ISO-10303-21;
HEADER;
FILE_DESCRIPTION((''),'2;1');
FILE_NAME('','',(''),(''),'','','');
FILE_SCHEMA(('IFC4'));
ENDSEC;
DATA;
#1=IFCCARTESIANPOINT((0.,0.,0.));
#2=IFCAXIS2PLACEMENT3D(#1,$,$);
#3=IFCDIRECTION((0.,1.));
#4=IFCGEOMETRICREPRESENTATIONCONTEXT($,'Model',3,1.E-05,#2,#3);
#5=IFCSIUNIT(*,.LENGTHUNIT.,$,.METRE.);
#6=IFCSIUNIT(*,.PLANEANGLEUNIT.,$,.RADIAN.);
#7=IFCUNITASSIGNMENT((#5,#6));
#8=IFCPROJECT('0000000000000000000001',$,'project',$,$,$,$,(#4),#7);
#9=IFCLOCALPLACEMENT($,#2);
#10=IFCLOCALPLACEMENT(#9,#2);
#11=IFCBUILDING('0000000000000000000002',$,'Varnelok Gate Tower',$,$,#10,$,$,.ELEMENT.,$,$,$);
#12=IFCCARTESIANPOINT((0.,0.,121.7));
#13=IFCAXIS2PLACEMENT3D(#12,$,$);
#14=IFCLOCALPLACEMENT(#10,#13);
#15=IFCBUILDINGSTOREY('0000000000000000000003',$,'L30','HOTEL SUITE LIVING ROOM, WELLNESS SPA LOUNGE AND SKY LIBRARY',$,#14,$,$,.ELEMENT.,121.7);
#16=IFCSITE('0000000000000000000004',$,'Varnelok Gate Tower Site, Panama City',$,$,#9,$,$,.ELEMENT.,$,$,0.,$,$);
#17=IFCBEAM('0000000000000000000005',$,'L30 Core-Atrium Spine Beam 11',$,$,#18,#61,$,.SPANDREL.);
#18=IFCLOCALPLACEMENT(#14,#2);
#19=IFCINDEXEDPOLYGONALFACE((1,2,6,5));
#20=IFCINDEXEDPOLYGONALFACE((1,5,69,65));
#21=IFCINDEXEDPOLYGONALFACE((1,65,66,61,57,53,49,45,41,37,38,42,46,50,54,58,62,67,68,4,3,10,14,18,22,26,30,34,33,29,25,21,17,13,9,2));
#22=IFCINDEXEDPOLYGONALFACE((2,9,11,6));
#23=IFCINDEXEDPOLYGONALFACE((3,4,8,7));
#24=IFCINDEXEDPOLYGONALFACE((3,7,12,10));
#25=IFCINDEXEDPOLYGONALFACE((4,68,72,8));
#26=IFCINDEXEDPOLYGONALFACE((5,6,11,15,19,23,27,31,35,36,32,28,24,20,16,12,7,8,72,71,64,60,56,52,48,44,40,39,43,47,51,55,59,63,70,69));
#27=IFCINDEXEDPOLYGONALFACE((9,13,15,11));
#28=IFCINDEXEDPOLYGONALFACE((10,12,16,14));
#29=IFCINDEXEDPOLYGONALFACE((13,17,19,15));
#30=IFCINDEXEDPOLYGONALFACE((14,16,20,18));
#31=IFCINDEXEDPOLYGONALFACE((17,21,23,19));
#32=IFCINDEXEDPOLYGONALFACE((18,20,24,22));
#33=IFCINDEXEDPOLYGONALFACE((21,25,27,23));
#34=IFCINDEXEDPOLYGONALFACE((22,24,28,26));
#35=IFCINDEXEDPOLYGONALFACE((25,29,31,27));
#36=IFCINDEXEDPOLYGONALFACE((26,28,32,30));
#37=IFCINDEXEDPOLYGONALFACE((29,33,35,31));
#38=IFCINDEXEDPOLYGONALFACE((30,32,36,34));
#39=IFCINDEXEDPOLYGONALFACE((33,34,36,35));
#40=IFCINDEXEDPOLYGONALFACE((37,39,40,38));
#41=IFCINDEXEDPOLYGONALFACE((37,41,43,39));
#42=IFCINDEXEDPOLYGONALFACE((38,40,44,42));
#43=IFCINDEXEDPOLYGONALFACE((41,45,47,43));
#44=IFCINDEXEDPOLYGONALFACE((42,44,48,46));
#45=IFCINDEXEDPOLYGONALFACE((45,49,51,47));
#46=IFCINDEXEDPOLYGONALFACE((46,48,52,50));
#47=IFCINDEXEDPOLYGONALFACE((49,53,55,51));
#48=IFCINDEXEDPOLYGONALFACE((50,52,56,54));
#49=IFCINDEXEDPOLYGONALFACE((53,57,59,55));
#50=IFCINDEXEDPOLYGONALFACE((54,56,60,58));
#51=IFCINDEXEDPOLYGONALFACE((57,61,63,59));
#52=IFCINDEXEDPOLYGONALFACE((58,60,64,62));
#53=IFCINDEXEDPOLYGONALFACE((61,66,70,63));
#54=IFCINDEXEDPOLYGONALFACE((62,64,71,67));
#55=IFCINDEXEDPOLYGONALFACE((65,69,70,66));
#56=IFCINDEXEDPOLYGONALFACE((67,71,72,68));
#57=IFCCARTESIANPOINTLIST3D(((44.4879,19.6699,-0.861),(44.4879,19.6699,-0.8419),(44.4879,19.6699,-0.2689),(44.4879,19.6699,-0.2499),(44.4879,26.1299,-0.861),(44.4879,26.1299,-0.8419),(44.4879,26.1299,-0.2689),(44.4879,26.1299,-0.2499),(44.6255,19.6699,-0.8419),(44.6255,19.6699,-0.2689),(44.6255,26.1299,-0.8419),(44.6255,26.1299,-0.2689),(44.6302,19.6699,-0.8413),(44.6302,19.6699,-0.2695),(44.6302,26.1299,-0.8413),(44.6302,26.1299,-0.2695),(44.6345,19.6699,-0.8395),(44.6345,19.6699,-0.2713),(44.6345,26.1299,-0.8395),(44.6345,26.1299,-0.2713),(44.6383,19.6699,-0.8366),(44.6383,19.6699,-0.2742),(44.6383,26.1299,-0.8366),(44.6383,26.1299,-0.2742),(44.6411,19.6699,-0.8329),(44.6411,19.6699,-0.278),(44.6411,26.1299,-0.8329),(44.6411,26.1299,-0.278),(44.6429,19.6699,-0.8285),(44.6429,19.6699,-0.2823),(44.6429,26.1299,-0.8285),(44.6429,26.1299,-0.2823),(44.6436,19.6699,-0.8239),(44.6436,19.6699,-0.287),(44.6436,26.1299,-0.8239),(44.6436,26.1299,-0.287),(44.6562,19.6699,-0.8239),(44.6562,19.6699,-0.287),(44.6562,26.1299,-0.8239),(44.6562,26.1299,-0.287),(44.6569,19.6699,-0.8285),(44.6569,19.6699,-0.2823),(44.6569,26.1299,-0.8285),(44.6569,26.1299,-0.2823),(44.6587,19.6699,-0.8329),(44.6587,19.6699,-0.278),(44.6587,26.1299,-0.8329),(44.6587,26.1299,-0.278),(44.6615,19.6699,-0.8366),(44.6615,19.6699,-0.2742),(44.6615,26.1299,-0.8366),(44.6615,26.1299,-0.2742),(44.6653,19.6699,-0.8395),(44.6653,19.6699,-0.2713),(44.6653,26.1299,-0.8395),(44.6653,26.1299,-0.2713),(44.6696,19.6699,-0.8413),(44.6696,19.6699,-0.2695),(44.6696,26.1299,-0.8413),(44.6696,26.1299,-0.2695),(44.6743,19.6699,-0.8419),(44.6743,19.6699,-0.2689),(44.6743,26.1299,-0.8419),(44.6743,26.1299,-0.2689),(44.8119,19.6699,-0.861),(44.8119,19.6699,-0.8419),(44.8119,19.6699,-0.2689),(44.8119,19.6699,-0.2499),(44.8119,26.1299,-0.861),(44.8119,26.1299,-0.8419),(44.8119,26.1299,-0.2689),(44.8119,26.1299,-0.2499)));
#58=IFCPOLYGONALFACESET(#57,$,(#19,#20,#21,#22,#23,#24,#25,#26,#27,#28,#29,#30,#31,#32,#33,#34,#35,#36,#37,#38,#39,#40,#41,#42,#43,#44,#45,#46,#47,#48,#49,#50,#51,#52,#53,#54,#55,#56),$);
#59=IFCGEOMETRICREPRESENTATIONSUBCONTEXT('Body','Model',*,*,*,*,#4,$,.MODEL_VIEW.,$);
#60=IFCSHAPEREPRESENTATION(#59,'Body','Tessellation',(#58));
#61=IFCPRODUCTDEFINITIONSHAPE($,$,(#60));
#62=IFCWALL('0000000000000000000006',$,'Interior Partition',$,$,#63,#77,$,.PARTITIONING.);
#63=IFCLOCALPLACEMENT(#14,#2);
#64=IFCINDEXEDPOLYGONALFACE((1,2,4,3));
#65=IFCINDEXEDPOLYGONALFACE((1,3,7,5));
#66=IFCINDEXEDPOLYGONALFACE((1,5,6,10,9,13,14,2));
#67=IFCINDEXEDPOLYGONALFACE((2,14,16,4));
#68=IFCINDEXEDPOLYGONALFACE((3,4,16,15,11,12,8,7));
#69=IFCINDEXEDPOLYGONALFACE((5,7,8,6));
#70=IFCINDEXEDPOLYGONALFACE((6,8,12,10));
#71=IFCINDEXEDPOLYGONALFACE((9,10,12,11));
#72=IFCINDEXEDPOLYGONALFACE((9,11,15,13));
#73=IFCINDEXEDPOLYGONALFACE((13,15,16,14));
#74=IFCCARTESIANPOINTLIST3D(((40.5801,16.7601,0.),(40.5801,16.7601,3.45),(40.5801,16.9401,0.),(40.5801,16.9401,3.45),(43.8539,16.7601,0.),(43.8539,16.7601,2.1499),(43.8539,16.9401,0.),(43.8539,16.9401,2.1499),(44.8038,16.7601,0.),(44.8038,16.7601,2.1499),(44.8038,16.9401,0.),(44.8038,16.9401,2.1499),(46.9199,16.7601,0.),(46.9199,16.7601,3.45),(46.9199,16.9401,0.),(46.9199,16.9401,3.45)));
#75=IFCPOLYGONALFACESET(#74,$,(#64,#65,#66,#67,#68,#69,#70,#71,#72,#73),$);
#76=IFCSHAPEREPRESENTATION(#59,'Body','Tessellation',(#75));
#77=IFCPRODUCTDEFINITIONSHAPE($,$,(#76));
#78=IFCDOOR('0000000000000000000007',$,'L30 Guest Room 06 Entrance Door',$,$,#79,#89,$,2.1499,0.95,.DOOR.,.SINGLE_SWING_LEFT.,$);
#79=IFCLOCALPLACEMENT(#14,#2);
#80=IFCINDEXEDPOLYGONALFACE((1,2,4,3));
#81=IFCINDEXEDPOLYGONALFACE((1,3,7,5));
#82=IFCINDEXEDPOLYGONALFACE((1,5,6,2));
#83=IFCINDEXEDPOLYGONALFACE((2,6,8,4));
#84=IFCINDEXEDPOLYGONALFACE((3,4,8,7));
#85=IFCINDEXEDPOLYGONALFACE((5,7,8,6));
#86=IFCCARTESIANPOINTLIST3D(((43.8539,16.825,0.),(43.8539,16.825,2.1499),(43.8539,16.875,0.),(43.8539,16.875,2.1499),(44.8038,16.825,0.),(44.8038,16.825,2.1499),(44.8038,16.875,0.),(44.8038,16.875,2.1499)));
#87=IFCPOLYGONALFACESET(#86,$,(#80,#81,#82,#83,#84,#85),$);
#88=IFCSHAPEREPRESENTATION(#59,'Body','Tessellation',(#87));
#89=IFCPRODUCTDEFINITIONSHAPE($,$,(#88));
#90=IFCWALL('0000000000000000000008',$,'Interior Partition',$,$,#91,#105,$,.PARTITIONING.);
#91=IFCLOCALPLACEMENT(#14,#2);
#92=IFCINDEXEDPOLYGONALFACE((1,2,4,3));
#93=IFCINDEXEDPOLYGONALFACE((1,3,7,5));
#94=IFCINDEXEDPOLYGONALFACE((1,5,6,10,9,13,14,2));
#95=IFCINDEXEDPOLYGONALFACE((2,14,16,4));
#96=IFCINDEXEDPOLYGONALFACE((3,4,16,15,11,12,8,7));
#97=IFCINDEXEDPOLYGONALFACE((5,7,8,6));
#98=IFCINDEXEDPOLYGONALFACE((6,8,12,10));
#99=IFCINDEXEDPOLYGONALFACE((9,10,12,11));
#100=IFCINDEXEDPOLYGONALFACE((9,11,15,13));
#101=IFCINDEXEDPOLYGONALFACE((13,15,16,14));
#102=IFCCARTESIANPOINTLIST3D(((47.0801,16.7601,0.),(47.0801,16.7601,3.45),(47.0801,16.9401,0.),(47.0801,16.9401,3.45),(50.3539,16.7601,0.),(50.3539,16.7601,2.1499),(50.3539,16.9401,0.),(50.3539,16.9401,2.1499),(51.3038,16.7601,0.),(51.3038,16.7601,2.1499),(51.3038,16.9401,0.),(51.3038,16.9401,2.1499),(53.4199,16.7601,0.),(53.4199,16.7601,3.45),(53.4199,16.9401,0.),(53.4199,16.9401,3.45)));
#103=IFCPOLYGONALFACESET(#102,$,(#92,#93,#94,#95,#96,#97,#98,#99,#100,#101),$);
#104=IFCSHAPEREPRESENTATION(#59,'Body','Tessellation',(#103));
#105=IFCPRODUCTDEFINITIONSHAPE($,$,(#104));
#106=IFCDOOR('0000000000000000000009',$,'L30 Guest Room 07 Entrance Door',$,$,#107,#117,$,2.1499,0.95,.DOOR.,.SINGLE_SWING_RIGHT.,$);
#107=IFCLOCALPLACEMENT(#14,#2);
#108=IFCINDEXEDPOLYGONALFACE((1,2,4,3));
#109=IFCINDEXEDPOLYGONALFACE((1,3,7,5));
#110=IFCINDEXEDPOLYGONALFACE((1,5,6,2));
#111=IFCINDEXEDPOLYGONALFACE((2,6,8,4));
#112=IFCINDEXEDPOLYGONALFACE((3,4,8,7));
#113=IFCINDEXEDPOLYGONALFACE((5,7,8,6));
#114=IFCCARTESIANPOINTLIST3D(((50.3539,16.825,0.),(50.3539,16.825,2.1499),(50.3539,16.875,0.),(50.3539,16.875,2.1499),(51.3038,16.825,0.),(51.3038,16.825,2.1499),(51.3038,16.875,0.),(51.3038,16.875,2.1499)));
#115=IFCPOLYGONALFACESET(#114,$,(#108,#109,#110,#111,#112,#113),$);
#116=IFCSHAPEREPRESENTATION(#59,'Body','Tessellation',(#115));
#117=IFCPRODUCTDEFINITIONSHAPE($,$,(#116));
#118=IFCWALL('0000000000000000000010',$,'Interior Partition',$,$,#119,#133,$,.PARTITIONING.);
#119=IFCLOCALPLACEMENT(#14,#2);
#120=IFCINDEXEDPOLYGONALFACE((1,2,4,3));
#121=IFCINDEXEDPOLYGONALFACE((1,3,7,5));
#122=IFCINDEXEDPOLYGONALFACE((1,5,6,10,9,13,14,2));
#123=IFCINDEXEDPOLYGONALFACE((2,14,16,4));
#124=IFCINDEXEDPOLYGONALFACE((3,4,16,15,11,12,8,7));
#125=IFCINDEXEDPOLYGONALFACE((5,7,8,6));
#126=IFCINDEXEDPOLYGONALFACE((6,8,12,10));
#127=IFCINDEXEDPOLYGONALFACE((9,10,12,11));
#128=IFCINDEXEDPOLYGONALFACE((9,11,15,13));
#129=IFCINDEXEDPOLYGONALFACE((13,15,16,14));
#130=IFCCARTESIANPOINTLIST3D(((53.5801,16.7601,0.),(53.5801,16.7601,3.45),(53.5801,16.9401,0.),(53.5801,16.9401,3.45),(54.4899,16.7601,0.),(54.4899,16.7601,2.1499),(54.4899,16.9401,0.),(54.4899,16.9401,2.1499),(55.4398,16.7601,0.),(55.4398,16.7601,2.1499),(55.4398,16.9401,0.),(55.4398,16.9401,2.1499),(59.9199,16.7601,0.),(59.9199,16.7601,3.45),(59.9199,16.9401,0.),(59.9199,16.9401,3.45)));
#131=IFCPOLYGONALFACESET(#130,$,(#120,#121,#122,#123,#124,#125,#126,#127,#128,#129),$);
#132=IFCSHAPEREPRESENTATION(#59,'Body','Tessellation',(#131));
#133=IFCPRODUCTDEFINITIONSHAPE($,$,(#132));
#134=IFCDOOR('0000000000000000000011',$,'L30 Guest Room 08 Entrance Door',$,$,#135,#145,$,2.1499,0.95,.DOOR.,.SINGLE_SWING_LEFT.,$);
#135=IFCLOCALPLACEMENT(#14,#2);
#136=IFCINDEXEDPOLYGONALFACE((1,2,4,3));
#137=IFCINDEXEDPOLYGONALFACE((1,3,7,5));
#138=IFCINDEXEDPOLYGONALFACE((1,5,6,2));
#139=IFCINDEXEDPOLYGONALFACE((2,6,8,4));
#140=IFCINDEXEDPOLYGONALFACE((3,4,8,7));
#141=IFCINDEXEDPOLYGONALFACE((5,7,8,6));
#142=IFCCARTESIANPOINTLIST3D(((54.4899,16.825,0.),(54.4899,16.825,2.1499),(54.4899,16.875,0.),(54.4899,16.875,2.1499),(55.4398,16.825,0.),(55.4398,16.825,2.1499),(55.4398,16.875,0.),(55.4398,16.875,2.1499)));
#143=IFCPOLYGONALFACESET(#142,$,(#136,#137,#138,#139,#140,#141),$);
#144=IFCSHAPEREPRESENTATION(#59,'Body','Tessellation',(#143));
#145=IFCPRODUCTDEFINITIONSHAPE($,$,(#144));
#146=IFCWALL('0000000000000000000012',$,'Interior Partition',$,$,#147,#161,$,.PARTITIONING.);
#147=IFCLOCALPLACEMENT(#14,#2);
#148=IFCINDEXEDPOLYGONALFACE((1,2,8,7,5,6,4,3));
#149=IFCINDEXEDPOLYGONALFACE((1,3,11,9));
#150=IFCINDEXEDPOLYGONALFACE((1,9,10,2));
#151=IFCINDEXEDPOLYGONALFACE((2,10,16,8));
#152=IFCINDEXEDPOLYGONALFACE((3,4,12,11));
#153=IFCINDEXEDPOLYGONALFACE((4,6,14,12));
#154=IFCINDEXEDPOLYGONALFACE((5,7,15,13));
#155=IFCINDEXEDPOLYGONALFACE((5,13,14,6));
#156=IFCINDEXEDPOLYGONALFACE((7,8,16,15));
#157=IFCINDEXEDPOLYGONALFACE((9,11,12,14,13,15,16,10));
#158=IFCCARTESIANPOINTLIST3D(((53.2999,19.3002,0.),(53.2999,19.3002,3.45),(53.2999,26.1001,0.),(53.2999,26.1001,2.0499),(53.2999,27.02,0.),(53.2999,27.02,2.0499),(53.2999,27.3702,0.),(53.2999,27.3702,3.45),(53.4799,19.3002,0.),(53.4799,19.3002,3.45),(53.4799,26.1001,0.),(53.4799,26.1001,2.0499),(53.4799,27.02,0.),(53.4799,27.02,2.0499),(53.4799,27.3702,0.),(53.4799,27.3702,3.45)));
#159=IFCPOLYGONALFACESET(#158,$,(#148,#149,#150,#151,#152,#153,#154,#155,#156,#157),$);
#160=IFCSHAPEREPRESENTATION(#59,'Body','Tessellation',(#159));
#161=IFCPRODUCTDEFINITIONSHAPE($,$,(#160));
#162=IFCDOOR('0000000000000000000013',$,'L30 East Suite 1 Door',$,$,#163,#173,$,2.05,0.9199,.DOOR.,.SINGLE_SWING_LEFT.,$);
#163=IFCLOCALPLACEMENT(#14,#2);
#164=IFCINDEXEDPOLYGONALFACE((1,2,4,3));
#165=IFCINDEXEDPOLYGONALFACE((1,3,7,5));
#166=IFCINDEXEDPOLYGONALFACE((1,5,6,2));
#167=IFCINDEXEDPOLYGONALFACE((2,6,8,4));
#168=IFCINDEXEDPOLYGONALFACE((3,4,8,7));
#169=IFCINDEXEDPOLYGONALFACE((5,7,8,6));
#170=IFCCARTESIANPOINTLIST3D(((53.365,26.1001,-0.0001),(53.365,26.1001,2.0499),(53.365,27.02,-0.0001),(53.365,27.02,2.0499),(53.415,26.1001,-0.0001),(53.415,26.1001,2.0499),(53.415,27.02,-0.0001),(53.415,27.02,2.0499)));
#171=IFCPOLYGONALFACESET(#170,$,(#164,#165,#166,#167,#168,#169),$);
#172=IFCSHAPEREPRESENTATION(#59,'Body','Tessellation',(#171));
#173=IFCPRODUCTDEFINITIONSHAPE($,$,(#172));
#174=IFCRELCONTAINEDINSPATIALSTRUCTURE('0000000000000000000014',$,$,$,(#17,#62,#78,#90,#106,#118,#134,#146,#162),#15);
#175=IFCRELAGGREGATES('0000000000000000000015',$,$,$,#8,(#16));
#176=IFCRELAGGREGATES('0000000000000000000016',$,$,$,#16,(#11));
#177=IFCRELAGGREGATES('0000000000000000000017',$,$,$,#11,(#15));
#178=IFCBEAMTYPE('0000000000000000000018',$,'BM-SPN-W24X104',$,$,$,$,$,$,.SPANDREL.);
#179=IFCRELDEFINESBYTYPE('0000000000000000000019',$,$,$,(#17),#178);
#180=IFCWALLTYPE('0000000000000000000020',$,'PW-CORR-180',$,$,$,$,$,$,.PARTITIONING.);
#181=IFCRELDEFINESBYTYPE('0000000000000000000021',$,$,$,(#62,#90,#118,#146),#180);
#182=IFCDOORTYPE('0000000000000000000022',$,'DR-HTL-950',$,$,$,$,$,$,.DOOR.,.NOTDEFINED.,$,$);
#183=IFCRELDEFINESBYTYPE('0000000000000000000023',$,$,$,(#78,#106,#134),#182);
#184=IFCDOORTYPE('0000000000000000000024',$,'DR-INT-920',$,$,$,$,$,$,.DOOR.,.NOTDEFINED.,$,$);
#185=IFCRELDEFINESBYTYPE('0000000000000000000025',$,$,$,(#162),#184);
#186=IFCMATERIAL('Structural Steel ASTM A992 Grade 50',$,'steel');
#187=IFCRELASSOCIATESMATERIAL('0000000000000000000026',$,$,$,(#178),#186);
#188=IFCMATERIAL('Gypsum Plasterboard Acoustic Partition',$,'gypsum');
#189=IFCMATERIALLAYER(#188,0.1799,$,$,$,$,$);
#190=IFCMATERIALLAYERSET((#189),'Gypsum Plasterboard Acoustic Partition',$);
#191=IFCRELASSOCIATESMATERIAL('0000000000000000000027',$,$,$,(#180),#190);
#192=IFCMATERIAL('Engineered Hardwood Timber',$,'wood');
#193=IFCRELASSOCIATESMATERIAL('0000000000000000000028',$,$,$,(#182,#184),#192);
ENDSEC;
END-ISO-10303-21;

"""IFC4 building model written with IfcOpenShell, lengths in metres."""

from ifc_helpers import new_model, si_unit, direction, frame, frame_2d, origin, origin_2d, place, context, subcontext, project, spatial, rectangle, i_section, extrude, material, layer, layer_set, material_profile, profile_set, type_object, element, fill, save


model = new_model("IFC4")

# Units and contexts
model_context = context("Model", 3, precision=1e-05, world=origin(), true_north=direction((0.0, 1.0)))
body_context = subcontext(model_context, "Body", "Model", "MODEL_VIEW")
ifc_project = project(units=[si_unit("LENGTHUNIT", "METRE"), si_unit("PLANEANGLEUNIT", "RADIAN")], contexts=[model_context])

# Site, building, storey
site_placement = place(None, origin())
site = spatial("IfcSite", under=ifc_project, at=site_placement, Name="Varnelok Gate Tower Site, Panama City", CompositionType="ELEMENT", RefElevation=0.0)
building_placement = place(site_placement, origin())
building = spatial("IfcBuilding", under=site, at=building_placement, Name="Varnelok Gate Tower", CompositionType="ELEMENT")
storey_placement = place(building_placement, frame((0.0, 0.0, 121.7)))
storey = spatial("IfcBuildingStorey", under=building, at=storey_placement, Name="L30", Description="HOTEL SUITE LIVING ROOM, WELLNESS SPA LOUNGE AND SKY LIBRARY", CompositionType="ELEMENT", Elevation=121.7)

# Shared definitions
ifc_material_1 = material(Name="Structural Steel ASTM A992 Grade 50", Category="steel")

# Beam
ifc_material_profile_1 = material_profile(ifc_material_1, i_section(OverallWidth=0.324, OverallDepth=0.6111, WebThickness=0.0127, FlangeThickness=0.019, FilletRadius=0.0181, at=origin_2d()), Name="W24X104")
ifc_profile_set_1 = profile_set([ifc_material_profile_1], Name="Structural Steel ASTM A992 Grade 50")
beam_type_1 = type_object("IfcBeamType", Name="BM-SPN-W24X104", PredefinedType="SPANDREL", material=ifc_profile_set_1)
beam_1_placement = place(storey_placement, frame((44.6499, 19.6699, -0.5554), z_axis=(0.0, 1.0, 0.0), x_axis=(-1.0, 0.0, 0.0)))
element("IfcBeam", 1, at=beam_1_placement, inside=storey, type_object=beam_type_1, Name="L30 Core-Atrium Spine Beam 11", PredefinedType="SPANDREL", context=body_context, shape_type="SweptSolid", body=[
    extrude(i_section(OverallWidth=0.324, OverallDepth=0.6111, WebThickness=0.0127, FlangeThickness=0.019, FilletRadius=0.0181, at=origin_2d()), origin(), (0.0, 0.0, 1.0), 6.46),
])

# Walls, openings, doors
ifc_material_2 = material(Name="Gypsum Plasterboard Acoustic Partition", Category="gypsum")
ifc_layer_1 = layer(ifc_material_2, 0.1799)
ifc_layer_set_1 = layer_set([ifc_layer_1], Name="Gypsum Plasterboard Acoustic Partition")
wall_type_1 = type_object("IfcWallType", Name="PW-CORR-180", PredefinedType="PARTITIONING", material=ifc_layer_set_1)
wall_1_placement = place(storey_placement, frame((40.5801, 16.8501, 0.0), z_axis=(0.0, 0.0, 1.0), x_axis=(1.0, 0.0, 0.0)))
wall_1 = element("IfcWall", 2, at=wall_1_placement, inside=storey, type_object=wall_type_1, Name="Interior Partition", PredefinedType="PARTITIONING", context=body_context, shape_type="SweptSolid", body=[
    extrude(rectangle(XDim=6.3398, YDim=0.1799, at=frame_2d((3.1699, 0.0))), origin(), (0.0, 0.0, 1.0), 3.45),
])
opening_1_placement = place(wall_1_placement, frame((3.2737, 0.0, 0.0)))
opening_1 = element("IfcOpeningElement", 3, at=opening_1_placement, cuts=wall_1, PredefinedType="OPENING", context=body_context, shape_type="SweptSolid", body=[
    extrude(rectangle(XDim=0.95, YDim=2.1499, at=frame_2d((0.4751, 1.075))), frame((0.0, 0.0999, 0.0), z_axis=(0.0, -1.0, 0.0), x_axis=(1.0, 0.0, 0.0)), (0.0, 0.0, 1.0), 0.2),
])
ifc_material_3 = material(Name="Engineered Hardwood Timber", Category="wood")
door_type_1 = type_object("IfcDoorType", Name="DR-HTL-950", OperationType="NOTDEFINED", PredefinedType="DOOR", material=ifc_material_3)
door_1_placement = place(opening_1_placement, origin())
door_1 = element("IfcDoor", 4, at=door_1_placement, inside=storey, type_object=door_type_1, Name="L30 Guest Room 06 Entrance Door", OperationType="SINGLE_SWING_LEFT", OverallHeight=2.1499, OverallWidth=0.95, PredefinedType="DOOR", context=body_context, shape_type="SweptSolid", body=[
    extrude(rectangle(XDim=0.95, YDim=2.1499, at=frame_2d((0.4751, 1.075))), frame((0.0, 0.0249, 0.0), z_axis=(0.0, -1.0, 0.0), x_axis=(1.0, 0.0, 0.0)), (0.0, 0.0, 1.0), 0.05),
])
fill(opening_1, door_1)
wall_2_placement = place(storey_placement, frame((47.0801, 16.8501, 0.0), z_axis=(0.0, 0.0, 1.0), x_axis=(1.0, 0.0, 0.0)))
wall_2 = element("IfcWall", 5, at=wall_2_placement, inside=storey, type_object=wall_type_1, Name="Interior Partition", PredefinedType="PARTITIONING", context=body_context, shape_type="SweptSolid", body=[
    extrude(rectangle(XDim=6.3398, YDim=0.1799, at=frame_2d((3.1699, 0.0))), origin(), (0.0, 0.0, 1.0), 3.45),
])
opening_2_placement = place(wall_2_placement, frame((3.2737, 0.0, 0.0)))
opening_2 = element("IfcOpeningElement", 6, at=opening_2_placement, cuts=wall_2, PredefinedType="OPENING", context=body_context, shape_type="SweptSolid", body=[
    extrude(rectangle(XDim=0.95, YDim=2.1499, at=frame_2d((0.4751, 1.075))), frame((0.0, 0.0999, 0.0), z_axis=(0.0, -1.0, 0.0), x_axis=(1.0, 0.0, 0.0)), (0.0, 0.0, 1.0), 0.2),
])
door_2_placement = place(opening_2_placement, origin())
door_2 = element("IfcDoor", 7, at=door_2_placement, inside=storey, type_object=door_type_1, Name="L30 Guest Room 07 Entrance Door", OperationType="SINGLE_SWING_RIGHT", OverallHeight=2.1499, OverallWidth=0.95, PredefinedType="DOOR", context=body_context, shape_type="SweptSolid", body=[
    extrude(rectangle(XDim=0.95, YDim=2.1499, at=frame_2d((0.4751, 1.075))), frame((0.0, 0.0249, 0.0), z_axis=(0.0, -1.0, 0.0), x_axis=(1.0, 0.0, 0.0)), (0.0, 0.0, 1.0), 0.05),
])
fill(opening_2, door_2)
wall_3_placement = place(storey_placement, frame((53.5801, 16.8501, 0.0), z_axis=(0.0, 0.0, 1.0), x_axis=(1.0, 0.0, 0.0)))
wall_3 = element("IfcWall", 8, at=wall_3_placement, inside=storey, type_object=wall_type_1, Name="Interior Partition", PredefinedType="PARTITIONING", context=body_context, shape_type="SweptSolid", body=[
    extrude(rectangle(XDim=6.3398, YDim=0.1799, at=frame_2d((3.1699, 0.0))), origin(), (0.0, 0.0, 1.0), 3.45),
])
opening_3_placement = place(wall_3_placement, frame((0.9097, 0.0, 0.0)))
opening_3 = element("IfcOpeningElement", 9, at=opening_3_placement, cuts=wall_3, PredefinedType="OPENING", context=body_context, shape_type="SweptSolid", body=[
    extrude(rectangle(XDim=0.95, YDim=2.1499, at=frame_2d((0.4751, 1.075))), frame((0.0, 0.0999, 0.0), z_axis=(0.0, -1.0, 0.0), x_axis=(1.0, 0.0, 0.0)), (0.0, 0.0, 1.0), 0.2),
])
door_3_placement = place(opening_3_placement, origin())
door_3 = element("IfcDoor", 10, at=door_3_placement, inside=storey, type_object=door_type_1, Name="L30 Guest Room 08 Entrance Door", OperationType="SINGLE_SWING_LEFT", OverallHeight=2.1499, OverallWidth=0.95, PredefinedType="DOOR", context=body_context, shape_type="SweptSolid", body=[
    extrude(rectangle(XDim=0.95, YDim=2.1499, at=frame_2d((0.4751, 1.075))), frame((0.0, 0.0249, 0.0), z_axis=(0.0, -1.0, 0.0), x_axis=(1.0, 0.0, 0.0)), (0.0, 0.0, 1.0), 0.05),
])
fill(opening_3, door_3)
wall_4_placement = place(storey_placement, frame((53.3899, 19.3, 0.0), z_axis=(0.0, 0.0, 1.0), x_axis=(0.0, 1.0, 0.0)))
wall_4 = element("IfcWall", 11, at=wall_4_placement, inside=storey, type_object=wall_type_1, Name="Interior Partition", PredefinedType="PARTITIONING", context=body_context, shape_type="SweptSolid", body=[
    extrude(rectangle(XDim=8.0701, YDim=0.1799, at=frame_2d((4.0352, 0.0))), origin(), (0.0, 0.0, 1.0), 3.45),
])
opening_4_placement = place(wall_4_placement, frame((6.8, 0.0, 0.0)))
opening_4 = element("IfcOpeningElement", 12, at=opening_4_placement, cuts=wall_4, PredefinedType="OPENING", context=body_context, shape_type="SweptSolid", body=[
    extrude(rectangle(XDim=0.9199, YDim=2.05, at=frame_2d((0.46, 1.0249))), frame((0.0, 0.0999, 0.0), z_axis=(0.0, -1.0, 0.0), x_axis=(1.0, 0.0, 0.0)), (0.0, 0.0, 1.0), 0.2),
])
door_type_2 = type_object("IfcDoorType", Name="DR-INT-920", OperationType="NOTDEFINED", PredefinedType="DOOR", material=ifc_material_3)
door_4_placement = place(opening_4_placement, origin())
door_4 = element("IfcDoor", 13, at=door_4_placement, inside=storey, type_object=door_type_2, Name="L30 East Suite 1 Door", OperationType="SINGLE_SWING_LEFT", OverallHeight=2.05, OverallWidth=0.9199, PredefinedType="DOOR", context=body_context, shape_type="SweptSolid", body=[
    extrude(rectangle(XDim=0.9199, YDim=2.05, at=frame_2d((0.46, 1.0249))), frame((0.0, 0.0249, 0.0), z_axis=(0.0, -1.0, 0.0), x_axis=(1.0, 0.0, 0.0)), (0.0, 0.0, 1.0), 0.05),
])
fill(opening_4, door_4)

save(model, "model.ifc")
